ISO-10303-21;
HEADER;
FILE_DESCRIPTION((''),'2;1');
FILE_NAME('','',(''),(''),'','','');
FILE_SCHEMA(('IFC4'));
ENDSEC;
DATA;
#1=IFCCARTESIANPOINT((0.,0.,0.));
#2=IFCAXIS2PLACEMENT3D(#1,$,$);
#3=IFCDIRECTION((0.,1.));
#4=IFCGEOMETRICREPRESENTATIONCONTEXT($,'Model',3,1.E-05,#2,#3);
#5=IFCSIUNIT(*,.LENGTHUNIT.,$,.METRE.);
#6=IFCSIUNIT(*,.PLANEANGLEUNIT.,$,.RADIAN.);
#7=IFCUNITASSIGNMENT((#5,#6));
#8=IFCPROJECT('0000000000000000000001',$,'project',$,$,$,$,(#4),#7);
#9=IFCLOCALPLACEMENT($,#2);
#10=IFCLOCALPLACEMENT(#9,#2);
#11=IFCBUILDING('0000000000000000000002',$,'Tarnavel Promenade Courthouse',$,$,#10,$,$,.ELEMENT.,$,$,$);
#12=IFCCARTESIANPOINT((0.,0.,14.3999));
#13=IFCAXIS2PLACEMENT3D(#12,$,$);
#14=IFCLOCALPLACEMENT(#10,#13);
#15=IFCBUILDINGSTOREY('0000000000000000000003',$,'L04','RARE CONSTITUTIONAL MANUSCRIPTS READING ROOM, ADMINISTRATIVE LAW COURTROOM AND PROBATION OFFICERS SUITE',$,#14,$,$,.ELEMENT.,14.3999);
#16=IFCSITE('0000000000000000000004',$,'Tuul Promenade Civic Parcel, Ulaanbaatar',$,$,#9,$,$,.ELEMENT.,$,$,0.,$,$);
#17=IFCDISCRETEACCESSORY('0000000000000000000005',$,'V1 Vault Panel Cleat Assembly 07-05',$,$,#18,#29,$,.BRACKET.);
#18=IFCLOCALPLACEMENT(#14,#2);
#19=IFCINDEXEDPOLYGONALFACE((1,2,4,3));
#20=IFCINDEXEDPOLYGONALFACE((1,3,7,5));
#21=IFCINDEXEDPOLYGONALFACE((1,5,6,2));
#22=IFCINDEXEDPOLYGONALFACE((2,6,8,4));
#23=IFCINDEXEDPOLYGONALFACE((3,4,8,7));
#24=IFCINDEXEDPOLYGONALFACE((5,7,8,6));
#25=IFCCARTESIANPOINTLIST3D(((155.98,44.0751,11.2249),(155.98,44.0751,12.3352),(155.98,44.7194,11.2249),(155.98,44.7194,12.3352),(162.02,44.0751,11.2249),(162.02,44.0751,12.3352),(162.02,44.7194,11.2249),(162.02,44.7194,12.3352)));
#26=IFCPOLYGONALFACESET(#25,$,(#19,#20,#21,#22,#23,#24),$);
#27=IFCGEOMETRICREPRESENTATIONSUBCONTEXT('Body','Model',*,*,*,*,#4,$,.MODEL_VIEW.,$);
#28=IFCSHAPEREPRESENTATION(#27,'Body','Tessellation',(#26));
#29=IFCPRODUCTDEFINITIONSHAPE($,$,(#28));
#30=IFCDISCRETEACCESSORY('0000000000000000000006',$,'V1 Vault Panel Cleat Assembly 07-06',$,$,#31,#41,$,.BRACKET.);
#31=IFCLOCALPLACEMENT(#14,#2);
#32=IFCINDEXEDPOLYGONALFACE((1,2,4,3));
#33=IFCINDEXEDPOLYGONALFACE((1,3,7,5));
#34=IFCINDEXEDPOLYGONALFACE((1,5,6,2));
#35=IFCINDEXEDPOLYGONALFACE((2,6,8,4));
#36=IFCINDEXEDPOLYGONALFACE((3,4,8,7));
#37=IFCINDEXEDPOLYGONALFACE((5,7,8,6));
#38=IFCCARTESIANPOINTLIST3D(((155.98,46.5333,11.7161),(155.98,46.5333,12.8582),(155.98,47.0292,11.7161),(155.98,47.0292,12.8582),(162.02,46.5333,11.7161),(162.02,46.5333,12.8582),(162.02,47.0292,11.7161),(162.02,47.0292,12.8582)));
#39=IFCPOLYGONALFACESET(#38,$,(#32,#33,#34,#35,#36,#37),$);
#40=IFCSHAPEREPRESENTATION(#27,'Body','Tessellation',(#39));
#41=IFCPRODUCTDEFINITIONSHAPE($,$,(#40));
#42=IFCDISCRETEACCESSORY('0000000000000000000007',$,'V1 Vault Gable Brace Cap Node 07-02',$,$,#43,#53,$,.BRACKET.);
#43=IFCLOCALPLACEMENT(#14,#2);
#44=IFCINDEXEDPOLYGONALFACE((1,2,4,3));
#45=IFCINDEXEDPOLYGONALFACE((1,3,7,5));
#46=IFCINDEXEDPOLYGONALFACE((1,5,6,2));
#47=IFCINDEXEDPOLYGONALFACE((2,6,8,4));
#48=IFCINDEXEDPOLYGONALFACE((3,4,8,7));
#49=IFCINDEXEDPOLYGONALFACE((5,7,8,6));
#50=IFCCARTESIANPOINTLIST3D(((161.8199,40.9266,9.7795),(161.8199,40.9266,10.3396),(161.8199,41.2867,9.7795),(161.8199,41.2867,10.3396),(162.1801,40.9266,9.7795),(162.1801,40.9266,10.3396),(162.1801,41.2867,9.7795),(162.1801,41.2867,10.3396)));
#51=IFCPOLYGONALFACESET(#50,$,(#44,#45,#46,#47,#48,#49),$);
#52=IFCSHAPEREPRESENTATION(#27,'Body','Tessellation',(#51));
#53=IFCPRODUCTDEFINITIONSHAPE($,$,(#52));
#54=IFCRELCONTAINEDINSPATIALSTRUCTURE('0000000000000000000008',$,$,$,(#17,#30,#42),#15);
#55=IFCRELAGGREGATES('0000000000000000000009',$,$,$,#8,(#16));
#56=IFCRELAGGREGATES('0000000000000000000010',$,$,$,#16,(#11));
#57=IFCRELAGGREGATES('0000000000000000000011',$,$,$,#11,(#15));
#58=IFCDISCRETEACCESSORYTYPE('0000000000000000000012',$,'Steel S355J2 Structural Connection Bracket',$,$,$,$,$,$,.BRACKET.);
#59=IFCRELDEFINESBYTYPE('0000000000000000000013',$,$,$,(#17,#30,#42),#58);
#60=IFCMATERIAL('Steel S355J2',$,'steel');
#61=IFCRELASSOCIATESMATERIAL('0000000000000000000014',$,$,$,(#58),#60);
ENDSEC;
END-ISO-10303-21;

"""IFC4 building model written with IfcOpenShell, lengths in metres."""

from ifc_helpers import new_model, si_unit, direction, frame, origin, origin_2d, place, context, subcontext, project, spatial, rectangle, extrude, material, type_object, element, save


model = new_model("IFC4")

# Units and contexts
model_context = context("Model", 3, precision=1e-05, world=origin(), true_north=direction((0.0, 1.0)))
body_context = subcontext(model_context, "Body", "Model", "MODEL_VIEW")
ifc_project = project(units=[si_unit("LENGTHUNIT", "METRE"), si_unit("PLANEANGLEUNIT", "RADIAN")], contexts=[model_context])

# Site, building, storey
site_placement = place(None, origin())
site = spatial("IfcSite", under=ifc_project, at=site_placement, Name="Tuul Promenade Civic Parcel, Ulaanbaatar", CompositionType="ELEMENT", RefElevation=0.0)
building_placement = place(site_placement, origin())
building = spatial("IfcBuilding", under=site, at=building_placement, Name="Tarnavel Promenade Courthouse", CompositionType="ELEMENT")
storey_placement = place(building_placement, frame((0.0, 0.0, 14.3999)))
storey = spatial("IfcBuildingStorey", under=building, at=storey_placement, Name="L04", Description="RARE CONSTITUTIONAL MANUSCRIPTS READING ROOM, ADMINISTRATIVE LAW COURTROOM AND PROBATION OFFICERS SUITE", CompositionType="ELEMENT", Elevation=14.3999)

# Shared definitions
ifc_material_1 = material(Name="Steel S355J2", Category="steel")

# Discrete accessories
discrete_accessory_type = type_object("IfcDiscreteAccessoryType", Name="Steel S355J2 Structural Connection Bracket", PredefinedType="BRACKET", material=ifc_material_1)
discrete_accessory_1_placement = place(storey_placement, frame((159.0, 44.3972, 11.2249), z_axis=(0.0, 0.0, 1.0), x_axis=(1.0, 0.0, 0.0)))
element("IfcDiscreteAccessory", 1, at=discrete_accessory_1_placement, inside=storey, type_object=discrete_accessory_type, Name="V1 Vault Panel Cleat Assembly 07-05", PredefinedType="BRACKET", context=body_context, shape_type="SweptSolid", body=[
    extrude(rectangle(XDim=6.04, YDim=0.6443, at=origin_2d()), origin(), (0.0, 0.0, 1.0), 1.1104),
])
discrete_accessory_2_placement = place(storey_placement, frame((159.0, 46.7812, 11.7161), z_axis=(0.0, 0.0, 1.0), x_axis=(1.0, 0.0, 0.0)))
element("IfcDiscreteAccessory", 2, at=discrete_accessory_2_placement, inside=storey, type_object=discrete_accessory_type, Name="V1 Vault Panel Cleat Assembly 07-06", PredefinedType="BRACKET", context=body_context, shape_type="SweptSolid", body=[
    extrude(rectangle(XDim=6.04, YDim=0.4958, at=origin_2d()), origin(), (0.0, 0.0, 1.0), 1.1421),
])
discrete_accessory_3_placement = place(storey_placement, frame((162.0, 41.1067, 9.7795), z_axis=(0.0, 0.0, 1.0), x_axis=(1.0, 0.0, 0.0)))
element("IfcDiscreteAccessory", 3, at=discrete_accessory_3_placement, inside=storey, type_object=discrete_accessory_type, Name="V1 Vault Gable Brace Cap Node 07-02", PredefinedType="BRACKET", context=body_context, shape_type="SweptSolid", body=[
    extrude(rectangle(XDim=0.3601, YDim=0.3601, at=origin_2d()), origin(), (0.0, 0.0, 1.0), 0.5601),
])

save(model, "model.ifc")
